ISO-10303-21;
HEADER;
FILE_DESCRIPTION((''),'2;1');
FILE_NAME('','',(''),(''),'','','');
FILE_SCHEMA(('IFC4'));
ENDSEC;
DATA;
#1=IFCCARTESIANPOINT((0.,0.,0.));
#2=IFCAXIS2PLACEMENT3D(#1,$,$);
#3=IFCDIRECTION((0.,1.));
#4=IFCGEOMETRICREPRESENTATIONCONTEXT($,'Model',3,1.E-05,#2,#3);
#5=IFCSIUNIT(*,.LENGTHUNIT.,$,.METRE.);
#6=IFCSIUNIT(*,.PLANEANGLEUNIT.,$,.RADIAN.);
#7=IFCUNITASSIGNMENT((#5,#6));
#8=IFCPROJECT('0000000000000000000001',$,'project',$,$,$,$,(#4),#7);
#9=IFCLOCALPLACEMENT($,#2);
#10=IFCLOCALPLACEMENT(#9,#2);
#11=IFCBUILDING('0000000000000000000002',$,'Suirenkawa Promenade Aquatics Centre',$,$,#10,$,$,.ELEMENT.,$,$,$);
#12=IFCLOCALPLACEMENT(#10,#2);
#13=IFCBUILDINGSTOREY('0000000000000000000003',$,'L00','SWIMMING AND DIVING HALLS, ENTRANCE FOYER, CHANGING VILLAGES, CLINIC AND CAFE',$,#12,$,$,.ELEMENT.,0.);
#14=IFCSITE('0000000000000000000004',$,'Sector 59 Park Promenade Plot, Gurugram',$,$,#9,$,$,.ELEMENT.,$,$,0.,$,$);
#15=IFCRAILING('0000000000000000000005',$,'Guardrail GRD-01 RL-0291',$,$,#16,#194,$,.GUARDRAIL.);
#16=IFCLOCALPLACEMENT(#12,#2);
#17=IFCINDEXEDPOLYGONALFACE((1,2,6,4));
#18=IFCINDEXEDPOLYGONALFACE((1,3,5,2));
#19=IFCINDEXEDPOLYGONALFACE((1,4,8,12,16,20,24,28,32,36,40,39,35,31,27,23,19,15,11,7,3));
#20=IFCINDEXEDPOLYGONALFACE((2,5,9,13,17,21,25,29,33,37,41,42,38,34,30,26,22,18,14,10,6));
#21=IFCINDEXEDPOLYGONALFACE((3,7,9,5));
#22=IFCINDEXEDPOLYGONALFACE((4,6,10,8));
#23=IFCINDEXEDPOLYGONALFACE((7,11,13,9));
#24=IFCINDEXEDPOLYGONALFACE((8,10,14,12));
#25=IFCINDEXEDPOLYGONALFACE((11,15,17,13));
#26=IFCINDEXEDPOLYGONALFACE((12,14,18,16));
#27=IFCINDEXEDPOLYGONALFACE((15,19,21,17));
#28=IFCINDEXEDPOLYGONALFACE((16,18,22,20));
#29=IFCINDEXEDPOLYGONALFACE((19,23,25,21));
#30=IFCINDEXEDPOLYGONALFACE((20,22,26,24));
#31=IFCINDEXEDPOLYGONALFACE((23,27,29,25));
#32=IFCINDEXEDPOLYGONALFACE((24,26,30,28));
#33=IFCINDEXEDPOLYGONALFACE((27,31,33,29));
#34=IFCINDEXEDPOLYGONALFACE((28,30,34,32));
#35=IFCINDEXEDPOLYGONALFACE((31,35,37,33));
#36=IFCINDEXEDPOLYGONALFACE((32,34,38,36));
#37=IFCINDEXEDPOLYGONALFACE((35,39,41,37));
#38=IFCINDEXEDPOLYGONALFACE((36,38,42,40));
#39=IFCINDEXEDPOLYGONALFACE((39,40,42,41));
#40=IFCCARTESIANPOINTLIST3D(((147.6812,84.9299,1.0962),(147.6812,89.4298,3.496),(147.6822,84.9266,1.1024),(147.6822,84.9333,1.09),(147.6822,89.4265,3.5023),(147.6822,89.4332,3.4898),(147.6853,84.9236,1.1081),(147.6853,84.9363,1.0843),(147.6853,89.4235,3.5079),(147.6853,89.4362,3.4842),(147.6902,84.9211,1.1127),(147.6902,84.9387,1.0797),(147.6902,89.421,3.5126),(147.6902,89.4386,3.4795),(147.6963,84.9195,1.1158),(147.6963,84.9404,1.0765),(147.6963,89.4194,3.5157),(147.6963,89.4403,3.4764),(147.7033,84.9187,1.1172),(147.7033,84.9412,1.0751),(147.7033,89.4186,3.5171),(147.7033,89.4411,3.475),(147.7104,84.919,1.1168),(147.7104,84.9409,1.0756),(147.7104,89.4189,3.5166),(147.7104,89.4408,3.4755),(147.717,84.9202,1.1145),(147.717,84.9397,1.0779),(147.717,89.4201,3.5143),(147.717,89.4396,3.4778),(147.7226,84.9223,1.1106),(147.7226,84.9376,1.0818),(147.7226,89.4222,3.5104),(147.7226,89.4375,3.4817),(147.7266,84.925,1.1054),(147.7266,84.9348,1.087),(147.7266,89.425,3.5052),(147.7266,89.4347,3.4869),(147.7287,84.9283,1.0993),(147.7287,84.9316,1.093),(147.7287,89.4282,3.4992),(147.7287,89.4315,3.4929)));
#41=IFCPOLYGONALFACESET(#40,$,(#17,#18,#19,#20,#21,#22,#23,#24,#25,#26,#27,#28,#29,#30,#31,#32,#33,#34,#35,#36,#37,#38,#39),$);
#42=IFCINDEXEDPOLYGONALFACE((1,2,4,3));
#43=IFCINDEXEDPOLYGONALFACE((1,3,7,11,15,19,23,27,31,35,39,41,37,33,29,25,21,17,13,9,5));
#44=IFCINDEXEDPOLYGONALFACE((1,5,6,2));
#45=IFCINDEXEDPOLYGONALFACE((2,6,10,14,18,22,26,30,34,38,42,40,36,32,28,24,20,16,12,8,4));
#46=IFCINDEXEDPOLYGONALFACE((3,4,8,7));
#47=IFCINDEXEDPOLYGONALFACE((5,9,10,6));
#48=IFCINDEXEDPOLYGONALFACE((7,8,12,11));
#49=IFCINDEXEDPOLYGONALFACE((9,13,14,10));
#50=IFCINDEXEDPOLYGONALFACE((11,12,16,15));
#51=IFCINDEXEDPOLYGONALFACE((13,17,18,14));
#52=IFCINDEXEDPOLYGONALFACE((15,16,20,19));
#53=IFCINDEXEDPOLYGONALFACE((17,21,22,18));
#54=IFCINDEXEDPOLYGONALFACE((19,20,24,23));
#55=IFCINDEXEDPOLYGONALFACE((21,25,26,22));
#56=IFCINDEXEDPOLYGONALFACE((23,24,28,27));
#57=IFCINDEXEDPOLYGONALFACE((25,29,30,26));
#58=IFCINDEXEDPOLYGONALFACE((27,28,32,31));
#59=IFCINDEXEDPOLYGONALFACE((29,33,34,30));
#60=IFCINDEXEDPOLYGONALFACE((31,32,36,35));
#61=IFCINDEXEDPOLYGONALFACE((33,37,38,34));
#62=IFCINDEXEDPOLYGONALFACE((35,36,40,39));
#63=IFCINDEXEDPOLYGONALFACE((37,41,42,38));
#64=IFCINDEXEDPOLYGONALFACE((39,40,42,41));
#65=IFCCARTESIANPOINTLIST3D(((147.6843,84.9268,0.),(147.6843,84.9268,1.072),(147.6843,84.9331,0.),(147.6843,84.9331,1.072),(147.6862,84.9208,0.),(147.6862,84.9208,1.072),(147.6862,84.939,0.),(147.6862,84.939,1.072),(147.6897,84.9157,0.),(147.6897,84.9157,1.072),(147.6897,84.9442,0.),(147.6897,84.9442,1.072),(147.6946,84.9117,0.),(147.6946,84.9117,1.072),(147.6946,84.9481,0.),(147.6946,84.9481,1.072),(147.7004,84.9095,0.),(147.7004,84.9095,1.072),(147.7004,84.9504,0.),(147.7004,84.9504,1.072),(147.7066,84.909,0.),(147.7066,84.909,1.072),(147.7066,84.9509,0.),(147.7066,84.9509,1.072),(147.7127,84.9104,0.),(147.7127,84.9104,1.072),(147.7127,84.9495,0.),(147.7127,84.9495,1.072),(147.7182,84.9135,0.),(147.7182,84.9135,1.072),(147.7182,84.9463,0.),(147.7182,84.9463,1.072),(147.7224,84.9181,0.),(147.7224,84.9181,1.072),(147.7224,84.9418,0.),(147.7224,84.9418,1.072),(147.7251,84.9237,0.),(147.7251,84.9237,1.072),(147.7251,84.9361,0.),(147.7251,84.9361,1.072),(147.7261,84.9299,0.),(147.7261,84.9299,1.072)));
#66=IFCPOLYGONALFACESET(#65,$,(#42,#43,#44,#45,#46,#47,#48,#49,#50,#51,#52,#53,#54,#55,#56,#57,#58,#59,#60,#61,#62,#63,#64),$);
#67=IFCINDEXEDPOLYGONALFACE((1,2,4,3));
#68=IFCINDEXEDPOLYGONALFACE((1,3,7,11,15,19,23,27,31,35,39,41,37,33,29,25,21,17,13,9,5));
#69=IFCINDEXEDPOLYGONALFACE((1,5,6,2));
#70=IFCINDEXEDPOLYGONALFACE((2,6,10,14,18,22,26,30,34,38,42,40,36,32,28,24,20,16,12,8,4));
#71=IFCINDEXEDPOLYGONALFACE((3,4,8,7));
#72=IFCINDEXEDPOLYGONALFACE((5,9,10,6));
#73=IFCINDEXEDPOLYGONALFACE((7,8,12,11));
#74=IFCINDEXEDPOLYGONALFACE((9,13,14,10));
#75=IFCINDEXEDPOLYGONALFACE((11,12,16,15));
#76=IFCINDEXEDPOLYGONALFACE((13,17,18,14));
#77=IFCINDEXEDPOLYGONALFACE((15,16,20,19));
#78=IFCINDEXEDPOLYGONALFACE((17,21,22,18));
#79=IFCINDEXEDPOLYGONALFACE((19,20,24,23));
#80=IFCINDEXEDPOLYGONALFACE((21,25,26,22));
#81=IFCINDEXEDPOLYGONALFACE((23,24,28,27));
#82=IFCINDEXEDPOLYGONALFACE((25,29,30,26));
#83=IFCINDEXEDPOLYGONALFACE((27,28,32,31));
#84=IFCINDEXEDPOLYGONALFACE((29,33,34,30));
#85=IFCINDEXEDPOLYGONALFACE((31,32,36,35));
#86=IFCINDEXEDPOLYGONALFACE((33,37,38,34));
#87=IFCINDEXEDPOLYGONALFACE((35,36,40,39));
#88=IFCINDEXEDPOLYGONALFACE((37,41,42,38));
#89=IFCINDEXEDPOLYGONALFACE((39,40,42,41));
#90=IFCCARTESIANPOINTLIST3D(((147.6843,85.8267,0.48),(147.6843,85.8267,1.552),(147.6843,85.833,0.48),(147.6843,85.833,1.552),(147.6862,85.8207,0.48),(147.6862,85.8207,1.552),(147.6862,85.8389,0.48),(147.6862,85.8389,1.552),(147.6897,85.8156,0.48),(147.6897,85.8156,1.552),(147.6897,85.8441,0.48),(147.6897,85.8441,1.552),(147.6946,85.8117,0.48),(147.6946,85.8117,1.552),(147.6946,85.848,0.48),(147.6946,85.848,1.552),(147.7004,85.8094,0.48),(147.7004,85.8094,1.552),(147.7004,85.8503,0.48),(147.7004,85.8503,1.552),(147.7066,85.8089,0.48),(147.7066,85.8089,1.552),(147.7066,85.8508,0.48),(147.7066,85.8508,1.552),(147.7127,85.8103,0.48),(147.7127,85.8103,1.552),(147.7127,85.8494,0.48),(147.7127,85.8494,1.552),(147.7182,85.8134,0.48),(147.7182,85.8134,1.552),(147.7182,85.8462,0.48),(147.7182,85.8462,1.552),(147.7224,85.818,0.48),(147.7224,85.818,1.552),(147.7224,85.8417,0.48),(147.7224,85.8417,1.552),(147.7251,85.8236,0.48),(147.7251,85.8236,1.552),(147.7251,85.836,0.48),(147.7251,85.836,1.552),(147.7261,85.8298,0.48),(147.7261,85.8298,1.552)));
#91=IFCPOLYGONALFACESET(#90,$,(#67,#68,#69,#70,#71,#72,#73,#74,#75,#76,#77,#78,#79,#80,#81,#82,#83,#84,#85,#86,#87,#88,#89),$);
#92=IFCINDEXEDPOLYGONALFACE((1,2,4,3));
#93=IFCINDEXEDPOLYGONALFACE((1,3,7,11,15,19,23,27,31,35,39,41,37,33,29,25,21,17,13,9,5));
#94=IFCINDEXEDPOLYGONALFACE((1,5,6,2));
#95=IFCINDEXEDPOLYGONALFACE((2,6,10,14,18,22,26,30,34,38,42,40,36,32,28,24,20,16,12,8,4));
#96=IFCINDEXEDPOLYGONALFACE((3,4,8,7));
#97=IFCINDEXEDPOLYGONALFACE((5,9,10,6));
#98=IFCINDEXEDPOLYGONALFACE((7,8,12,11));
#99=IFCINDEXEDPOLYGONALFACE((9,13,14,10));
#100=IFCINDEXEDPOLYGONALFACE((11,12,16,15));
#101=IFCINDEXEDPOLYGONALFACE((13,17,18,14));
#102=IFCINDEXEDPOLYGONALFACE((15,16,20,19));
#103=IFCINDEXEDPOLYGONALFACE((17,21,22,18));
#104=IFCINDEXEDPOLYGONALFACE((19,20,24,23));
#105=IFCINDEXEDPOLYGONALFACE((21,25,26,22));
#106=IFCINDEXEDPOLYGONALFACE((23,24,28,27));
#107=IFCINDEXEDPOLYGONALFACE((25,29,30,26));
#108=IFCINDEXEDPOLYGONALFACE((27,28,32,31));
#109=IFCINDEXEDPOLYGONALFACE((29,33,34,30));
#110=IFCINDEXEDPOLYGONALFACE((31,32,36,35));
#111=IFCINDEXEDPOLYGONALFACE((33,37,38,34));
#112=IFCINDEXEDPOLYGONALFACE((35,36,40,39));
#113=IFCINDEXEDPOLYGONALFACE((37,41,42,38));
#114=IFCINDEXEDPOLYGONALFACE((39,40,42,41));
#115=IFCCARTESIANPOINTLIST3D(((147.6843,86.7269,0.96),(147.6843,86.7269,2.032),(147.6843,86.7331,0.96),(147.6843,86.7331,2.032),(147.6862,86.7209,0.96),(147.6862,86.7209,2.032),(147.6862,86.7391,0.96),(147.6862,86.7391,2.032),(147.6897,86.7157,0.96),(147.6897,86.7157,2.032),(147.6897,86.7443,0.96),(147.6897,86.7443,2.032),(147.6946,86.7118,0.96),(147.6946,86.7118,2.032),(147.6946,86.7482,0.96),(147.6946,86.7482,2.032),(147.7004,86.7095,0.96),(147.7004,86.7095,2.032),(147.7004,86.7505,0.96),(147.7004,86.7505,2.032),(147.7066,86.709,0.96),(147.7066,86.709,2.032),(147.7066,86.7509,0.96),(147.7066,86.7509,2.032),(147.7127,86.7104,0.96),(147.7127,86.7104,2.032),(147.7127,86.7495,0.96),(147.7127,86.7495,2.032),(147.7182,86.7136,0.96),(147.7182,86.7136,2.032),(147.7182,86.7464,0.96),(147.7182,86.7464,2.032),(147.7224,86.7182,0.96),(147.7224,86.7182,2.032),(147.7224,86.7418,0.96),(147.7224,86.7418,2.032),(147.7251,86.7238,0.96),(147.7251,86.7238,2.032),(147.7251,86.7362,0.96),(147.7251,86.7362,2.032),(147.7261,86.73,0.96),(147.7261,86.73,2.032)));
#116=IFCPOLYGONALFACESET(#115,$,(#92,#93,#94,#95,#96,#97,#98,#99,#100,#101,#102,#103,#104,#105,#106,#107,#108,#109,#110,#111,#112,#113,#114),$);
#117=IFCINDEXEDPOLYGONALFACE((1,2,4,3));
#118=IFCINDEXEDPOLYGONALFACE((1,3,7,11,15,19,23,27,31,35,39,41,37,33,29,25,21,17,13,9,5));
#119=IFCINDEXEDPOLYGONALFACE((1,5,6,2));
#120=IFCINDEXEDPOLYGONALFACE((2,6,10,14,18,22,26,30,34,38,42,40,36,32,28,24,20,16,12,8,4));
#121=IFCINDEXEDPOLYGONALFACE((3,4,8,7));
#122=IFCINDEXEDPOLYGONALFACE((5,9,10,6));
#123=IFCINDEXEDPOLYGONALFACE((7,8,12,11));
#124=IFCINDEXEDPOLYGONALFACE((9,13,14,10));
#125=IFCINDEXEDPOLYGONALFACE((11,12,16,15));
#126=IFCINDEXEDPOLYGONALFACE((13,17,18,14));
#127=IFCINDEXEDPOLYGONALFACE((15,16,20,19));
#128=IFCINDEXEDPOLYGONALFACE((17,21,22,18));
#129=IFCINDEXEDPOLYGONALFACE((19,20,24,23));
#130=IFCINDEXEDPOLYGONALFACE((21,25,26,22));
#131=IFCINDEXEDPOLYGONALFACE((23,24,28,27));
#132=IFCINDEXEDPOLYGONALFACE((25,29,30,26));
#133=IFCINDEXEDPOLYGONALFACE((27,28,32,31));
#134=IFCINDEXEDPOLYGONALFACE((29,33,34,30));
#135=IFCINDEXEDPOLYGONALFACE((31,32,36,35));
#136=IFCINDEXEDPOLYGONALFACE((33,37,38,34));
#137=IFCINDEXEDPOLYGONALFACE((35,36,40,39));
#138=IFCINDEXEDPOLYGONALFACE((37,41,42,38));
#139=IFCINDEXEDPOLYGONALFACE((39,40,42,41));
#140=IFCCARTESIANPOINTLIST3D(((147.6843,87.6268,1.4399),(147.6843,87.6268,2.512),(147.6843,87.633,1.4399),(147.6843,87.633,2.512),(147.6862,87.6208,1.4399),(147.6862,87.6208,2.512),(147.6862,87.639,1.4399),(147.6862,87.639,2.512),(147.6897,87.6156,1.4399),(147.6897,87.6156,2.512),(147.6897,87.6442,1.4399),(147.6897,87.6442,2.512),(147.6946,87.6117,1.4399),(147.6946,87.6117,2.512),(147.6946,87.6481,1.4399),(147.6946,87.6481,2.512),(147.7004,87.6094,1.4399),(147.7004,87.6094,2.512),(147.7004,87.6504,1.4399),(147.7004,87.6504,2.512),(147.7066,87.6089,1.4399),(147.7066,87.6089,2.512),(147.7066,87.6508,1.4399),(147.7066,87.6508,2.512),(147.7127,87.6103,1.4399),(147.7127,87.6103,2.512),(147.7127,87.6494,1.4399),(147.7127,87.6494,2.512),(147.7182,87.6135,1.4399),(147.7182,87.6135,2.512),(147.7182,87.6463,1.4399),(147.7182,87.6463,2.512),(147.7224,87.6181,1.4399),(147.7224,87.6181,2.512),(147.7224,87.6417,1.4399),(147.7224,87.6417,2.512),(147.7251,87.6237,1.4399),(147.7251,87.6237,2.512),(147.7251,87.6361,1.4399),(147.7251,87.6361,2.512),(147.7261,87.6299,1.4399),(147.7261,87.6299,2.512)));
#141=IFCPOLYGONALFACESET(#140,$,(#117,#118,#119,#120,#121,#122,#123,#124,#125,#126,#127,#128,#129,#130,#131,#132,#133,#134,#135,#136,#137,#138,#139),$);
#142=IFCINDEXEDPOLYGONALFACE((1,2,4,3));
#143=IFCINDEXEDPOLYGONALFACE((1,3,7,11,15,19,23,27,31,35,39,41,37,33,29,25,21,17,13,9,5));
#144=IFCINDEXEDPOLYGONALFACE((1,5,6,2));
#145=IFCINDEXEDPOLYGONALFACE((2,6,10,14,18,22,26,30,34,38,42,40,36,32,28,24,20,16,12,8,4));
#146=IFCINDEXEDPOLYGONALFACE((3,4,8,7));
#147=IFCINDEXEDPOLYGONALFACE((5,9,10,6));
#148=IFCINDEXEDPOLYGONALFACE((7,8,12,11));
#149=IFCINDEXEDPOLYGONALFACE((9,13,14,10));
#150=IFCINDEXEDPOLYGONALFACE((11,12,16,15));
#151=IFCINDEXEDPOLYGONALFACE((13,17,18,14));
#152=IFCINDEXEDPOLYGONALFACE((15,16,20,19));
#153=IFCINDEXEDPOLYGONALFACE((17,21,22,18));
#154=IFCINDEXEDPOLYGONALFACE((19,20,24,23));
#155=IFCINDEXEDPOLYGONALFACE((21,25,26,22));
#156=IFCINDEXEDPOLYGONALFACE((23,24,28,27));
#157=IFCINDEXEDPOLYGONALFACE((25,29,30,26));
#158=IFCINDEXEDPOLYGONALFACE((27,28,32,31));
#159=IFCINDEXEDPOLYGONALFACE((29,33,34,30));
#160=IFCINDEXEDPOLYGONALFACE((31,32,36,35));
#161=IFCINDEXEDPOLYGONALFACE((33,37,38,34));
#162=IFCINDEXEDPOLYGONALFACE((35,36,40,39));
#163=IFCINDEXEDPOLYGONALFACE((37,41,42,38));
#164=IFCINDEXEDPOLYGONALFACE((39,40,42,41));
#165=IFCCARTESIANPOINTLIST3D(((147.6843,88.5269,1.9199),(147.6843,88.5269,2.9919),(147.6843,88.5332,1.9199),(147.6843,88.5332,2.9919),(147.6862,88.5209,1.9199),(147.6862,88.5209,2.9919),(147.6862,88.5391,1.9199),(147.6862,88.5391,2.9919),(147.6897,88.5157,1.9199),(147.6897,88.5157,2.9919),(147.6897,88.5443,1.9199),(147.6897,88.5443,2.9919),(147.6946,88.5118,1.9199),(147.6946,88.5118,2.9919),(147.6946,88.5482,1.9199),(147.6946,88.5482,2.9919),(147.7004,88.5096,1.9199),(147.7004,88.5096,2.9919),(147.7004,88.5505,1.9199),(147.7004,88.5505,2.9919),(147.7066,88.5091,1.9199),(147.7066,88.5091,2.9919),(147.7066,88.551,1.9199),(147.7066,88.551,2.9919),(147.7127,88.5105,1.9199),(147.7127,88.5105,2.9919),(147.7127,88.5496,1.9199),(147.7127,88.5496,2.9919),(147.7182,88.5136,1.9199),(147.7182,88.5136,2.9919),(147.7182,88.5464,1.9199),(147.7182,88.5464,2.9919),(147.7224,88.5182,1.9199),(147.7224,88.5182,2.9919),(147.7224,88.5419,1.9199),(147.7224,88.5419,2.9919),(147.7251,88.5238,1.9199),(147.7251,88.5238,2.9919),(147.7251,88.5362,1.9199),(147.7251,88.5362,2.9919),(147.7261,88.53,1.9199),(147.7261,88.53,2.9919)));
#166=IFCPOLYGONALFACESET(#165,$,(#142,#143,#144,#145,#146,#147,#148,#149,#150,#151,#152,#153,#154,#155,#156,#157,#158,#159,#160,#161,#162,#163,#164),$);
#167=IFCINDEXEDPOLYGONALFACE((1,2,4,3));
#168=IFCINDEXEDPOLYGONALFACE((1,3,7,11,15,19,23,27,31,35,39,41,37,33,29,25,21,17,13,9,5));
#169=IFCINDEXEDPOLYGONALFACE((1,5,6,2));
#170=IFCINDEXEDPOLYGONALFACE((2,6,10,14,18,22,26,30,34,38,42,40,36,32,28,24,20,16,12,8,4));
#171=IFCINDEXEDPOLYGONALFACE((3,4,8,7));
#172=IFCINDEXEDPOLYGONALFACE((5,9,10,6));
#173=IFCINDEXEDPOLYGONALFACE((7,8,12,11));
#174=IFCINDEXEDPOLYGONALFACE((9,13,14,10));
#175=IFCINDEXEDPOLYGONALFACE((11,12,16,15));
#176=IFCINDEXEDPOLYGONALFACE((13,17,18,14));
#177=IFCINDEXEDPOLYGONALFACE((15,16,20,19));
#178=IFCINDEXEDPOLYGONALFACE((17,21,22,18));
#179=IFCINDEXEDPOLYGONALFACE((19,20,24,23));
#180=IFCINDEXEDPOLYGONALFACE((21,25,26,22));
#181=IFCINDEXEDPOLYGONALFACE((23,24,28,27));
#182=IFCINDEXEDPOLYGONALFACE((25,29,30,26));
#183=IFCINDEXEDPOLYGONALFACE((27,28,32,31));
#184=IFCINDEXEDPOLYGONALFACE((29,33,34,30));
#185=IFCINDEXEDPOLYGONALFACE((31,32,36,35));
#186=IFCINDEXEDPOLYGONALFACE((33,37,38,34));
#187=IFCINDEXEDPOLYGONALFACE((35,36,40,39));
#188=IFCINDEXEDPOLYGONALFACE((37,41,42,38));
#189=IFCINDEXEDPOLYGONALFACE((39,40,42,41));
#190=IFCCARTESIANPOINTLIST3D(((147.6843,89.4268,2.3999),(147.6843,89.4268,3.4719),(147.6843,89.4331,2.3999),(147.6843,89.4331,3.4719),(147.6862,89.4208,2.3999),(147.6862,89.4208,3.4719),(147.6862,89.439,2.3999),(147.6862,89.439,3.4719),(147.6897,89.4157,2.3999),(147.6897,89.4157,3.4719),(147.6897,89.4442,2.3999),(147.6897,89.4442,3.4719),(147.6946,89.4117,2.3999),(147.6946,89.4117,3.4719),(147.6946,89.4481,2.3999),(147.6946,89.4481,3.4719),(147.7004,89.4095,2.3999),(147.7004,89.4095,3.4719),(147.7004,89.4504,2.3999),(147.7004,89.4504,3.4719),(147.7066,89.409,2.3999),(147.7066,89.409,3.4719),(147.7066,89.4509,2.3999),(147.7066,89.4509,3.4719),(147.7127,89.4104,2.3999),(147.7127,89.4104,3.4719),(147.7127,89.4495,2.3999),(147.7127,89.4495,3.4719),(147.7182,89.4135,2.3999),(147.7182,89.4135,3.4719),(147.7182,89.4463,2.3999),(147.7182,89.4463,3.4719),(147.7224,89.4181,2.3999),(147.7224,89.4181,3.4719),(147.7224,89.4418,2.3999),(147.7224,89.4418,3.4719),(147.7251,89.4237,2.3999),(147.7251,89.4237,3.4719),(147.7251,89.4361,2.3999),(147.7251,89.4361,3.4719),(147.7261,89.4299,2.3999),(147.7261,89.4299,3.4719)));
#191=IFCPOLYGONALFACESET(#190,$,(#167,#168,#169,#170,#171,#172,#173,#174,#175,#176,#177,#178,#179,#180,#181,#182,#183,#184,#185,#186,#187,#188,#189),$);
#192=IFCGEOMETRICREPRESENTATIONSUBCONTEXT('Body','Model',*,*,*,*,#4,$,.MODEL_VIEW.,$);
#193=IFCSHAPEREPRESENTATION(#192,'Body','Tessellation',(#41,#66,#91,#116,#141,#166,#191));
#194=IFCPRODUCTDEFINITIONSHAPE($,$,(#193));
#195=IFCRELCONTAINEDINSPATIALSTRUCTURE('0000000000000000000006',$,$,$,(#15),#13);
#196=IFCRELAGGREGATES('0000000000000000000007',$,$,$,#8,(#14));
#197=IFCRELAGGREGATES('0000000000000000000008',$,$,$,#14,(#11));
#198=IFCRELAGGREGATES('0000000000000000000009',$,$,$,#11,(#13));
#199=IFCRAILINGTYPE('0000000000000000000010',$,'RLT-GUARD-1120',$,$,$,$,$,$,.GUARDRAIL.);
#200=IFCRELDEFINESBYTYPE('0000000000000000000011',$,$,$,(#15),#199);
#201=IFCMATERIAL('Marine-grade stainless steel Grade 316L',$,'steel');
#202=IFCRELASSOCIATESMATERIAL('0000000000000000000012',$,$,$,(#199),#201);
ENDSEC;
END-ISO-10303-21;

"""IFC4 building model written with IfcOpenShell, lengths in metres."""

from ifc_helpers import new_model, si_unit, direction, frame, origin, origin_2d, place, context, subcontext, project, spatial, circle, extrude, material, type_object, element, save


model = new_model("IFC4")

# Units and contexts
model_context = context("Model", 3, precision=1e-05, world=origin(), true_north=direction((0.0, 1.0)))
body_context = subcontext(model_context, "Body", "Model", "MODEL_VIEW")
ifc_project = project(units=[si_unit("LENGTHUNIT", "METRE"), si_unit("PLANEANGLEUNIT", "RADIAN")], contexts=[model_context])

# Site, building, storey
site_placement = place(None, origin())
site = spatial("IfcSite", under=ifc_project, at=site_placement, Name="Sector 59 Park Promenade Plot, Gurugram", CompositionType="ELEMENT", RefElevation=0.0)
building_placement = place(site_placement, origin())
building = spatial("IfcBuilding", under=site, at=building_placement, Name="Suirenkawa Promenade Aquatics Centre", CompositionType="ELEMENT")
storey_placement = place(building_placement, origin())
storey = spatial("IfcBuildingStorey", under=building, at=storey_placement, Name="L00", Description="SWIMMING AND DIVING HALLS, ENTRANCE FOYER, CHANGING VILLAGES, CLINIC AND CAFE", CompositionType="ELEMENT", Elevation=0.0)

# Railing
ifc_material_1 = material(Name="Marine-grade stainless steel Grade 316L", Category="steel")
railing_type_1 = type_object("IfcRailingType", Name="RLT-GUARD-1120", PredefinedType="GUARDRAIL", material=ifc_material_1)
for number, where, name in (
    (1, (147.7051, 84.9299, 0.0), "Guardrail GRD-01 RL-0291"),
):
    element("IfcRailing", number, at=place(storey_placement, frame(where)), inside=storey, type_object=railing_type_1, Name=name, PredefinedType="GUARDRAIL", context=body_context, shape_type="SweptSolid", body=[
        extrude(circle(Radius=0.0239, at=origin_2d()), frame((0.0, 0.0, 1.0962), z_axis=(0.0, 0.882361, 0.470573), x_axis=(-1.0, 0.0, 0.0)), (0.0, 0.0, 1.0), 5.0999),
        extrude(circle(Radius=0.021, at=origin_2d()), origin(), (0.0, 0.0, 1.0), 1.072),
        extrude(circle(Radius=0.021, at=origin_2d()), frame((0.0, 0.8999, 0.48)), (0.0, 0.0, 1.0), 1.072),
        extrude(circle(Radius=0.021, at=origin_2d()), frame((0.0, 1.8, 0.96)), (0.0, 0.0, 1.0), 1.072),
        extrude(circle(Radius=0.021, at=origin_2d()), frame((0.0, 2.7, 1.4399)), (0.0, 0.0, 1.0), 1.072),
        extrude(circle(Radius=0.021, at=origin_2d()), frame((0.0, 3.6001, 1.9199)), (0.0, 0.0, 1.0), 1.072),
        extrude(circle(Radius=0.021, at=origin_2d()), frame((0.0, 4.5, 2.3999)), (0.0, 0.0, 1.0), 1.072),
    ])

save(model, "model.ifc")
